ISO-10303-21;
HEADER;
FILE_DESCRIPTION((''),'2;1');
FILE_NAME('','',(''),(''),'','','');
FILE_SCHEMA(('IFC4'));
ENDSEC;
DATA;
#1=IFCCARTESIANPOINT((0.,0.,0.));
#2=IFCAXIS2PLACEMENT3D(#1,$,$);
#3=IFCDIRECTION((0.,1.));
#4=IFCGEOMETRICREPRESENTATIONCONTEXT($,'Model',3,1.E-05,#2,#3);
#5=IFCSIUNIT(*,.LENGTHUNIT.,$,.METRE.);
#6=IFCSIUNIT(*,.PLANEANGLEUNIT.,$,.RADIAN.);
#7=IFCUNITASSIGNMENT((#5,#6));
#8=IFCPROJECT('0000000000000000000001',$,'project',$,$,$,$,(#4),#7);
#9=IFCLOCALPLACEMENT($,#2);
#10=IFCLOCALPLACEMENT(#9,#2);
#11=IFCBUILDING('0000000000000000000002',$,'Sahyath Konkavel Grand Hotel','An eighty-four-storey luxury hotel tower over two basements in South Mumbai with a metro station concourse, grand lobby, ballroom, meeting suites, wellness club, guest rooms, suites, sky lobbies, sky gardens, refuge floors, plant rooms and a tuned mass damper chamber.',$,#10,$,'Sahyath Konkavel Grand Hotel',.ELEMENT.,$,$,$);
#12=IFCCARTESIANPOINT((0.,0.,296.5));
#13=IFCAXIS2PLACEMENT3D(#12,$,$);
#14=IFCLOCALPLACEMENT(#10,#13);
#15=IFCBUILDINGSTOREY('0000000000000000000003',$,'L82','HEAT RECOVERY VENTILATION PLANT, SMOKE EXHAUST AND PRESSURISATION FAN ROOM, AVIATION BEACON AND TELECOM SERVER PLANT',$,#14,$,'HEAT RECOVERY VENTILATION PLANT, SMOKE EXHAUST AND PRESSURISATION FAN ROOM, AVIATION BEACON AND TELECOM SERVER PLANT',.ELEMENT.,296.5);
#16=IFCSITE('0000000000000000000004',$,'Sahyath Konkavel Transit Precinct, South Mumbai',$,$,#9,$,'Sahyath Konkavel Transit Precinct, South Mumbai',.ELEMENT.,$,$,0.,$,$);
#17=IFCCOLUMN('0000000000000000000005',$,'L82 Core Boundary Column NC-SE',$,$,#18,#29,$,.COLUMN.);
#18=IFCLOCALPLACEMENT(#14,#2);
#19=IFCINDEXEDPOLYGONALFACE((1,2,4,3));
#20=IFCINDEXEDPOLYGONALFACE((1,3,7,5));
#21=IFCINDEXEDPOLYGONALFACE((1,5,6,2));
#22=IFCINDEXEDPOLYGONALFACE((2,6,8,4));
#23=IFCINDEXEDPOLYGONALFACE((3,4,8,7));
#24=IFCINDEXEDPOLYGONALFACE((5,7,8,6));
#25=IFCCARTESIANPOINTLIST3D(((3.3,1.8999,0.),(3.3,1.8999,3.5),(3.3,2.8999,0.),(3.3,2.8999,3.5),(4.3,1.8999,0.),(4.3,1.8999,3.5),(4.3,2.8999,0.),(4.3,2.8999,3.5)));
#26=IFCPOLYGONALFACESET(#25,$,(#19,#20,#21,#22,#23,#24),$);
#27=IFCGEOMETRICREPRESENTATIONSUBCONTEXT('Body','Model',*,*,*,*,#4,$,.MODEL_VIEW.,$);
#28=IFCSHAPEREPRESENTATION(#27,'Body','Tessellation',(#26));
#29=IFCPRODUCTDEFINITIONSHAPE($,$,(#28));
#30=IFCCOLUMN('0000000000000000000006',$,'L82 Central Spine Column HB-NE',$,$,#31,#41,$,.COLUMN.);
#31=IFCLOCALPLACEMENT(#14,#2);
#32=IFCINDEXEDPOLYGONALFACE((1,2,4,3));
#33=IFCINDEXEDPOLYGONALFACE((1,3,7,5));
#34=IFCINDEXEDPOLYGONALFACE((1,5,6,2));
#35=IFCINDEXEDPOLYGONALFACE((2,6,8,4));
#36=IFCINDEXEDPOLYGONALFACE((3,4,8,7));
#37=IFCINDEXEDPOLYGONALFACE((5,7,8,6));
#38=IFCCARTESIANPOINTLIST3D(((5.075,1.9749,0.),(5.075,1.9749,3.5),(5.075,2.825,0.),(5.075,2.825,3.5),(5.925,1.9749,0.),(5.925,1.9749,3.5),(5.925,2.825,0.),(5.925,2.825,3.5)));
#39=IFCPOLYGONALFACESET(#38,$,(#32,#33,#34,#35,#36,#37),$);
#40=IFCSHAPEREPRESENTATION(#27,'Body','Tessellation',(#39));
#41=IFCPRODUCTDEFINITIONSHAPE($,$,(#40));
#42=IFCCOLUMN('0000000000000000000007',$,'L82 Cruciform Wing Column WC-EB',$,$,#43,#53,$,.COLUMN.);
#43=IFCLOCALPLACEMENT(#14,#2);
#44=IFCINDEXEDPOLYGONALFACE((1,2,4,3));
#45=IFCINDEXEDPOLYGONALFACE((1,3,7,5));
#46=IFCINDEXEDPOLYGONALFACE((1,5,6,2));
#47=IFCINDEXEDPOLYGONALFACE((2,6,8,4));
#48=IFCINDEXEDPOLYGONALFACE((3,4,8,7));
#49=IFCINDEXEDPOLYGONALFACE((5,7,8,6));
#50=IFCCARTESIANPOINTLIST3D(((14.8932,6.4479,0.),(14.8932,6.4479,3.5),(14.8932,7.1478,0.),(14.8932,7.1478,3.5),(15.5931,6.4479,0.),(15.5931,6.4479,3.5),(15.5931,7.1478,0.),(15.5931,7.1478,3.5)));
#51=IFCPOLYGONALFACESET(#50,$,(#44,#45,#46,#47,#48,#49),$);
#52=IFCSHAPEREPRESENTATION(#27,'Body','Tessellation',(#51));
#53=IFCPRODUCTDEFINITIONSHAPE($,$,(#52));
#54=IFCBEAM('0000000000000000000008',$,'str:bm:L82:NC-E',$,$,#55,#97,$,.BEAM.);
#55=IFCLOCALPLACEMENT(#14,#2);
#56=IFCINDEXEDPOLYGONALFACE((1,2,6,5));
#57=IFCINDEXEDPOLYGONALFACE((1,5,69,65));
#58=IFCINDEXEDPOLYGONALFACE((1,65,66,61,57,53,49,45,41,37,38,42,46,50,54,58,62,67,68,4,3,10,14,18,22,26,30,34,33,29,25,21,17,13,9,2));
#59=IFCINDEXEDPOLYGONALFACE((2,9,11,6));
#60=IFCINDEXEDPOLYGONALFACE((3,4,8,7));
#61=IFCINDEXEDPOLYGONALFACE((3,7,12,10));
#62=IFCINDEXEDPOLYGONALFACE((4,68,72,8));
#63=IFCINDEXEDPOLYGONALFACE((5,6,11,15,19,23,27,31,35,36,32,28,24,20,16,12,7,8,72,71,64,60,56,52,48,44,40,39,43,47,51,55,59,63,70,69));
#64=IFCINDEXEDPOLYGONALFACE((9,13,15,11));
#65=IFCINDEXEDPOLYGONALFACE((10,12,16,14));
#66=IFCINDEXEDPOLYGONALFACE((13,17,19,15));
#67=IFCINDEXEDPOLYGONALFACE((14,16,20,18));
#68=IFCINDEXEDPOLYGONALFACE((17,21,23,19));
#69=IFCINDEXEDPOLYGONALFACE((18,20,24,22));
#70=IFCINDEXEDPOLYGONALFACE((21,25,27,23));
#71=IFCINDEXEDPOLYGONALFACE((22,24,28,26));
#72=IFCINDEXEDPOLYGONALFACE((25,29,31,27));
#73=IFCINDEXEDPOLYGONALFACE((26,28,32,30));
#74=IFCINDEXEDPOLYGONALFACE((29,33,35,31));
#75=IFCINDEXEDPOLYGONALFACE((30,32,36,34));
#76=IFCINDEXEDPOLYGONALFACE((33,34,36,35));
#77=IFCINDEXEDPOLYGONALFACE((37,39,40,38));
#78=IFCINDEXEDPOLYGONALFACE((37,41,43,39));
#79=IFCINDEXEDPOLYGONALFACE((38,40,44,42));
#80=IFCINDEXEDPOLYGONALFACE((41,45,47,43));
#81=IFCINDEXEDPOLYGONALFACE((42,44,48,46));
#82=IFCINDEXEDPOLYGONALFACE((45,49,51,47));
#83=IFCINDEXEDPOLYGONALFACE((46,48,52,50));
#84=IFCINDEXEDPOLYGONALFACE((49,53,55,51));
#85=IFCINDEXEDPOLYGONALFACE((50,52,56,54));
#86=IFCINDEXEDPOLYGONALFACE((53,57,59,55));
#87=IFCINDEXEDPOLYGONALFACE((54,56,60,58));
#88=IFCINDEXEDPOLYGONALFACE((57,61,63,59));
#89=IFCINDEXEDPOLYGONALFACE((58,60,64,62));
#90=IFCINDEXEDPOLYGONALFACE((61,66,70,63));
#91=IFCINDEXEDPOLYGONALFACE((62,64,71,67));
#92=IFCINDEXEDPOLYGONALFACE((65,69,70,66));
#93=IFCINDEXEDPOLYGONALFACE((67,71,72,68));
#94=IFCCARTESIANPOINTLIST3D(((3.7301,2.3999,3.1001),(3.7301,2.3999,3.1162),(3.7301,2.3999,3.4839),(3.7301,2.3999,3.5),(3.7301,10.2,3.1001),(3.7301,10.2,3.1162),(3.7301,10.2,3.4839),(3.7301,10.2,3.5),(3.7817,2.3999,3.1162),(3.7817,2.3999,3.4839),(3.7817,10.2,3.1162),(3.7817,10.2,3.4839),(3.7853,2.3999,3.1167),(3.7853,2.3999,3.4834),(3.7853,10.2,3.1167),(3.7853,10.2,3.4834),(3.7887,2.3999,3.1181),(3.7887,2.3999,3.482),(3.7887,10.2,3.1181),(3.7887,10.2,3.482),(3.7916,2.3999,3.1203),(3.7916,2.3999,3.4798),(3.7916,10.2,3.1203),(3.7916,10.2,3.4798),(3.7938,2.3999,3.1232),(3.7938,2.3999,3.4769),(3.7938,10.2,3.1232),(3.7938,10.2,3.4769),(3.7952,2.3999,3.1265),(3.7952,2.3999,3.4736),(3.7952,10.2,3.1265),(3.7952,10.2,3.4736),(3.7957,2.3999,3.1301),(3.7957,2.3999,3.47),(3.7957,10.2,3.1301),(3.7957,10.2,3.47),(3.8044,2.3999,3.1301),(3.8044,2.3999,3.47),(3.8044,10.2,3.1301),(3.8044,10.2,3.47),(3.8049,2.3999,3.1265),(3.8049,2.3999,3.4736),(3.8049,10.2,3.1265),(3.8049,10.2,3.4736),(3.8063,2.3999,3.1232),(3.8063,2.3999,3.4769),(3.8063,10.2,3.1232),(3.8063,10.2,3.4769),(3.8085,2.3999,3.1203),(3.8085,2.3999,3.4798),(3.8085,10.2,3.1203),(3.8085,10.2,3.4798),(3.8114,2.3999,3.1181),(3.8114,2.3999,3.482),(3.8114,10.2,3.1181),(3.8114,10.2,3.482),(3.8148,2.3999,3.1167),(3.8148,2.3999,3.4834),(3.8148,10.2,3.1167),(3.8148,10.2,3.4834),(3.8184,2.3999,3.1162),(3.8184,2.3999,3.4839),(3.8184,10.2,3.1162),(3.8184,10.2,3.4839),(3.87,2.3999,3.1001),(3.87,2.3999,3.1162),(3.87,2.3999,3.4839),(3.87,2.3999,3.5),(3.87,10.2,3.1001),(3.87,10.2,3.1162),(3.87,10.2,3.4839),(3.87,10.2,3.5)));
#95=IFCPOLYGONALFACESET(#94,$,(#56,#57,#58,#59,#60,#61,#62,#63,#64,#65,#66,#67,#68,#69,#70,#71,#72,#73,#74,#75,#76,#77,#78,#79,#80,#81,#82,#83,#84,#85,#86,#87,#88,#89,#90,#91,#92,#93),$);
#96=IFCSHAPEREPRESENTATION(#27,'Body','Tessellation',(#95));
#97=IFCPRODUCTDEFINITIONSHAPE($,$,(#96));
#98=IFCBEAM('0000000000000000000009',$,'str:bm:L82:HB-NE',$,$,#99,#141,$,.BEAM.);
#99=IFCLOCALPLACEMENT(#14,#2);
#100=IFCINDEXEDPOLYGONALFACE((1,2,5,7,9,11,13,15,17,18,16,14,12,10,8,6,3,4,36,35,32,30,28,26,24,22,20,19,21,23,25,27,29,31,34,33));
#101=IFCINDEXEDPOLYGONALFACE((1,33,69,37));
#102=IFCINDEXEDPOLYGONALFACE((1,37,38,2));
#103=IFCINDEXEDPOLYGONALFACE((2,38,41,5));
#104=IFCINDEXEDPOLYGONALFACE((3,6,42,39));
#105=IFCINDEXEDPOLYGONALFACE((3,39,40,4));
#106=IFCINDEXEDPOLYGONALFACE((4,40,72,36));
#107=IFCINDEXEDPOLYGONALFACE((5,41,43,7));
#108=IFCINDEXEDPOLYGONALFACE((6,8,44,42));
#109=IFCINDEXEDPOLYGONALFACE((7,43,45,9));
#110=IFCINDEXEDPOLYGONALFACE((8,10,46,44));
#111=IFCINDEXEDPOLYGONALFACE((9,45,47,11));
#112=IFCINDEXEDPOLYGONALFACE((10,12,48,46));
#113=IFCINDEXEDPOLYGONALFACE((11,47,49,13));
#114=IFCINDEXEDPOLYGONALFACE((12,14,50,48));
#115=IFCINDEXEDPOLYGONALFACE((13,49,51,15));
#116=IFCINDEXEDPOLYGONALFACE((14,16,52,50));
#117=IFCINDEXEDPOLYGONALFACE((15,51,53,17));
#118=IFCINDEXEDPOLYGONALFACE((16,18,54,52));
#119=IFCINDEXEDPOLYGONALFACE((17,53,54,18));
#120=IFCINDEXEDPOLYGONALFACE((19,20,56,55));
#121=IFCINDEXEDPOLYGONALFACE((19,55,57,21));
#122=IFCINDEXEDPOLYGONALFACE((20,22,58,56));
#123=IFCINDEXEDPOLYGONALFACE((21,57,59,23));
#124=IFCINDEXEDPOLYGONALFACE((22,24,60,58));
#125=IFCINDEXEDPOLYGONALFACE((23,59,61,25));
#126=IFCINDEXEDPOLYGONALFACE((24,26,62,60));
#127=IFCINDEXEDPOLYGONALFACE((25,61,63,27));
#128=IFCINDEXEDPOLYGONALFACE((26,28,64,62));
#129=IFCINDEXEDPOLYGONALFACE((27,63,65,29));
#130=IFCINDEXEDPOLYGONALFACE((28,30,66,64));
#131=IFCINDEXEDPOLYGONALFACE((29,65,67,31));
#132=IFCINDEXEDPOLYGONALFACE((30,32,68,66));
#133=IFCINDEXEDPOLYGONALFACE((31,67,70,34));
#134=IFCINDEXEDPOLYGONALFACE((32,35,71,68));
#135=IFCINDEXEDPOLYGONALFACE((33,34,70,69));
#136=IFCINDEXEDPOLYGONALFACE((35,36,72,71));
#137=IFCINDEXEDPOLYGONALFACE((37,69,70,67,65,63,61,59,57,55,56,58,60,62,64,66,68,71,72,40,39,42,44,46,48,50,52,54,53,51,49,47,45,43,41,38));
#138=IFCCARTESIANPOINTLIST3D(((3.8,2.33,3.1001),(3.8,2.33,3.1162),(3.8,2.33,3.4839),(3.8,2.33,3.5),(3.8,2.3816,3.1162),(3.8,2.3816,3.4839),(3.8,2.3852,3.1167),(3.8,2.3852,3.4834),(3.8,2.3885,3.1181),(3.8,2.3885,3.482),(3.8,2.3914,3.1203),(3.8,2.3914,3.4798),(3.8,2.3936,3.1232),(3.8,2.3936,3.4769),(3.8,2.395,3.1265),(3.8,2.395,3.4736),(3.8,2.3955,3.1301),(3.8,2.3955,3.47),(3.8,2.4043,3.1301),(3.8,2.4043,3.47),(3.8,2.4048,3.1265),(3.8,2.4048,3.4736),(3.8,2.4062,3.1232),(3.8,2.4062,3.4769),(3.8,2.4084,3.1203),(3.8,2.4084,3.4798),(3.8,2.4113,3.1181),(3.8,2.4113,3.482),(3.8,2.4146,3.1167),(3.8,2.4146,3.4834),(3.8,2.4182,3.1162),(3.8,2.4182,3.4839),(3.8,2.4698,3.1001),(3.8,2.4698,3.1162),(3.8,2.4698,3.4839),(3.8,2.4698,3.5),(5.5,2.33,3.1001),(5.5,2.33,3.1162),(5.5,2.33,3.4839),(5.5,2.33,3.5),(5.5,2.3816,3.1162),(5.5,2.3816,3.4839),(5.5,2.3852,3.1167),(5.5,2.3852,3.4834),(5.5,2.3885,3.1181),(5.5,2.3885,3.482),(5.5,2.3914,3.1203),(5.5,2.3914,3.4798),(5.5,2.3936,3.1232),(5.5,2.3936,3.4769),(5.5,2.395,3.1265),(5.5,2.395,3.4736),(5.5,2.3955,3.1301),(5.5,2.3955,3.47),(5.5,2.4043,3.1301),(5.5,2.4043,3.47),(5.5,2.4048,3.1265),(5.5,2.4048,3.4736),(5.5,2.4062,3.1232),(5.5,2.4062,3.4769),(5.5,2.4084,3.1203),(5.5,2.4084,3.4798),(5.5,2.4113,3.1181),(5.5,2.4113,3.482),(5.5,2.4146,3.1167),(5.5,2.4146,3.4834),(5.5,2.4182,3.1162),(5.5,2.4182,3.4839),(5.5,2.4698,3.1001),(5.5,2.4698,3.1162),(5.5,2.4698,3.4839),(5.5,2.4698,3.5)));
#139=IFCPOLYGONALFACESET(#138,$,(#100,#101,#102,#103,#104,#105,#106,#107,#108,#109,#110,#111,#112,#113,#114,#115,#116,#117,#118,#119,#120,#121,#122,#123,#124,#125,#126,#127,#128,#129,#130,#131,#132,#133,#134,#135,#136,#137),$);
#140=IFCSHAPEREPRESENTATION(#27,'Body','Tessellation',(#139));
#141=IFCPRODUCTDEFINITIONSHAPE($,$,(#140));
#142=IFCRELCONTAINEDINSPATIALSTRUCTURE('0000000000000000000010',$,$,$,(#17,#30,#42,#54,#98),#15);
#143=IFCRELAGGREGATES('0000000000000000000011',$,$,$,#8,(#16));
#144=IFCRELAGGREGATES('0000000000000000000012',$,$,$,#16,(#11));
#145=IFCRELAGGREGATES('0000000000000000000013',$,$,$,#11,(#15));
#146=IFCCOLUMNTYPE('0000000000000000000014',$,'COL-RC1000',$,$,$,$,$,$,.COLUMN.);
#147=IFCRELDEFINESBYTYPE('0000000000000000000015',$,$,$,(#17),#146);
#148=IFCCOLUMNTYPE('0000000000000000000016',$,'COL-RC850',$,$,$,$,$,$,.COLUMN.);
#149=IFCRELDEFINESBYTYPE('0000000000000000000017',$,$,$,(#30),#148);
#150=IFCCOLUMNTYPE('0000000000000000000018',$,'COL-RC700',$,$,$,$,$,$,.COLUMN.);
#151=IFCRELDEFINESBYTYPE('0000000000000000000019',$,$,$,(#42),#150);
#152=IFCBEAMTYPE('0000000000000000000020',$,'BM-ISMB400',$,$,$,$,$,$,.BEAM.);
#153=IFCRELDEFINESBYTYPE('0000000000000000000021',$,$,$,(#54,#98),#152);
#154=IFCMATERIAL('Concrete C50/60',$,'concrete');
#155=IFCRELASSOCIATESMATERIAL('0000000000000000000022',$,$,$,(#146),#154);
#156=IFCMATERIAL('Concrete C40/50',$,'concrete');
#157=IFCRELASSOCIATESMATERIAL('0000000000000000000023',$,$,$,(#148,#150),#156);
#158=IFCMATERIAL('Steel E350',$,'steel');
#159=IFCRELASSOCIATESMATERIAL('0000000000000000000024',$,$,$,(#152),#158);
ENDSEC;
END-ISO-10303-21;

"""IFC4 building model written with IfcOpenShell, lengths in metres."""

from ifc_helpers import new_model, si_unit, direction, frame, origin, origin_2d, place, context, subcontext, project, spatial, rectangle, i_section, extrude, source, transform, mapped, material, material_profile, profile_set, type_object, element, save


model = new_model("IFC4")

# Units and contexts
model_context = context("Model", 3, precision=1e-05, world=origin(), true_north=direction((0.0, 1.0)))
body_context = subcontext(model_context, "Body", "Model", "MODEL_VIEW")
ifc_project = project(units=[si_unit("LENGTHUNIT", "METRE"), si_unit("PLANEANGLEUNIT", "RADIAN")], contexts=[model_context])

# Site, building, storey
site_placement = place(None, origin())
site = spatial("IfcSite", under=ifc_project, at=site_placement, Name="Sahyath Konkavel Transit Precinct, South Mumbai", LongName="Sahyath Konkavel Transit Precinct, South Mumbai", CompositionType="ELEMENT", RefElevation=0.0)
building_placement = place(site_placement, origin())
building = spatial("IfcBuilding", under=site, at=building_placement, Name="Sahyath Konkavel Grand Hotel", Description="An eighty-four-storey luxury hotel tower over two basements in South Mumbai with a metro station concourse, grand lobby, ballroom, meeting suites, wellness club, guest rooms, suites, sky lobbies, sky gardens, refuge floors, plant rooms and a tuned mass damper chamber.", LongName="Sahyath Konkavel Grand Hotel", CompositionType="ELEMENT")
storey_placement = place(building_placement, frame((0.0, 0.0, 296.5)))
storey = spatial("IfcBuildingStorey", under=building, at=storey_placement, Name="L82", Description="HEAT RECOVERY VENTILATION PLANT, SMOKE EXHAUST AND PRESSURISATION FAN ROOM, AVIATION BEACON AND TELECOM SERVER PLANT", LongName="HEAT RECOVERY VENTILATION PLANT, SMOKE EXHAUST AND PRESSURISATION FAN ROOM, AVIATION BEACON AND TELECOM SERVER PLANT", CompositionType="ELEMENT", Elevation=296.5)

# Columns
ifc_material_1 = material(Name="Concrete C50/60", Category="concrete")
ifc_material_profile_1 = material_profile(ifc_material_1, rectangle(XDim=1.0, YDim=1.0, at=origin_2d()), Name="RC 1000x1000")
ifc_profile_set_1 = profile_set([ifc_material_profile_1], Name="Concrete C50/60")
column_type_1 = type_object("IfcColumnType", Name="COL-RC1000", PredefinedType="COLUMN", material=ifc_profile_set_1)
shared_shape_1 = source(origin(), body_context, "Body", "SweptSolid", [
    extrude(rectangle(XDim=1.0, YDim=1.0, at=origin_2d()), origin(), (0.0, 0.0, 1.0), 3.5),
])
column_1_placement = place(storey_placement, frame((3.8, 2.3999, 0.0), z_axis=(0.0, 0.0, 1.0), x_axis=(1.0, 0.0, 0.0)))
element("IfcColumn", 1, at=column_1_placement, inside=storey, type_object=column_type_1, Name="L82 Core Boundary Column NC-SE", PredefinedType="COLUMN", context=body_context, shape_type="MappedRepresentation", body=[
    mapped(shared_shape_1, transform((0.0, 0.0, 0.0), scale=1.0)),
])
ifc_material_2 = material(Name="Concrete C40/50", Category="concrete")
ifc_material_profile_2 = material_profile(ifc_material_2, rectangle(XDim=0.8501, YDim=0.8501, at=origin_2d()), Name="RC 850x850")
ifc_profile_set_2 = profile_set([ifc_material_profile_2], Name="Concrete C40/50")
column_type_2 = type_object("IfcColumnType", Name="COL-RC850", PredefinedType="COLUMN", material=ifc_profile_set_2)
shared_shape_2 = source(origin(), body_context, "Body", "SweptSolid", [
    extrude(rectangle(XDim=0.8501, YDim=0.8501, at=origin_2d()), origin(), (0.0, 0.0, 1.0), 3.5),
])
column_2_placement = place(storey_placement, frame((5.5, 2.3999, 0.0), z_axis=(0.0, 0.0, 1.0), x_axis=(1.0, 0.0, 0.0)))
element("IfcColumn", 2, at=column_2_placement, inside=storey, type_object=column_type_2, Name="L82 Central Spine Column HB-NE", PredefinedType="COLUMN", context=body_context, shape_type="MappedRepresentation", body=[
    mapped(shared_shape_2, transform((0.0, 0.0, 0.0), scale=1.0)),
])
ifc_material_profile_3 = material_profile(ifc_material_2, rectangle(XDim=0.7, YDim=0.7, at=origin_2d()), Name="RC 700x700")
ifc_profile_set_3 = profile_set([ifc_material_profile_3], Name="Concrete C40/50")
column_type_3 = type_object("IfcColumnType", Name="COL-RC700", PredefinedType="COLUMN", material=ifc_profile_set_3)
shared_shape_3 = source(origin(), body_context, "Body", "SweptSolid", [
    extrude(rectangle(XDim=0.7, YDim=0.7, at=origin_2d()), origin(), (0.0, 0.0, 1.0), 3.5),
])
column_3_placement = place(storey_placement, frame((15.2432, 6.7979, 0.0), z_axis=(0.0, 0.0, 1.0), x_axis=(1.0, 0.0, 0.0)))
element("IfcColumn", 3, at=column_3_placement, inside=storey, type_object=column_type_3, Name="L82 Cruciform Wing Column WC-EB", PredefinedType="COLUMN", context=body_context, shape_type="MappedRepresentation", body=[
    mapped(shared_shape_3, transform((0.0, 0.0, 0.0), scale=1.0)),
])

# Beams
ifc_material_3 = material(Name="Steel E350", Category="steel")
ifc_material_profile_4 = material_profile(ifc_material_3, i_section(OverallWidth=0.1399, OverallDepth=0.3999, WebThickness=0.0088, FlangeThickness=0.0161, FilletRadius=0.0139, at=origin_2d()), Name="ISMB 400")
ifc_profile_set_4 = profile_set([ifc_material_profile_4], Name="Steel E350")
beam_type_1 = type_object("IfcBeamType", Name="BM-ISMB400", PredefinedType="BEAM", material=ifc_profile_set_4)
shared_shape_4 = source(origin(), body_context, "Body", "SweptSolid", [
    extrude(i_section(OverallWidth=0.1399, OverallDepth=0.3999, WebThickness=0.0088, FlangeThickness=0.0161, FilletRadius=0.0139, at=origin_2d()), origin(), (0.0, 0.0, 1.0), 7.8),
])
beam_1_placement = place(storey_placement, frame((3.8, 2.3999, 3.3), z_axis=(0.0, 1.0, 0.0), x_axis=(-1.0, 0.0, 0.0)))
element("IfcBeam", 4, at=beam_1_placement, inside=storey, type_object=beam_type_1, Name="str:bm:L82:NC-E", PredefinedType="BEAM", context=body_context, shape_type="MappedRepresentation", body=[
    mapped(shared_shape_4, transform((0.0, 0.0, 0.0), scale=1.0)),
])
shared_shape_5 = source(origin(), body_context, "Body", "SweptSolid", [
    extrude(i_section(OverallWidth=0.1399, OverallDepth=0.3999, WebThickness=0.0088, FlangeThickness=0.0161, FilletRadius=0.0139, at=origin_2d()), origin(), (0.0, 0.0, 1.0), 1.7),
])
beam_2_placement = place(storey_placement, frame((3.8, 2.3999, 3.3), z_axis=(1.0, 0.0, 0.0), x_axis=(0.0, 1.0, 0.0)))
element("IfcBeam", 5, at=beam_2_placement, inside=storey, type_object=beam_type_1, Name="str:bm:L82:HB-NE", PredefinedType="BEAM", context=body_context, shape_type="MappedRepresentation", body=[
    mapped(shared_shape_5, transform((0.0, 0.0, 0.0), scale=1.0)),
])

save(model, "model.ifc")
